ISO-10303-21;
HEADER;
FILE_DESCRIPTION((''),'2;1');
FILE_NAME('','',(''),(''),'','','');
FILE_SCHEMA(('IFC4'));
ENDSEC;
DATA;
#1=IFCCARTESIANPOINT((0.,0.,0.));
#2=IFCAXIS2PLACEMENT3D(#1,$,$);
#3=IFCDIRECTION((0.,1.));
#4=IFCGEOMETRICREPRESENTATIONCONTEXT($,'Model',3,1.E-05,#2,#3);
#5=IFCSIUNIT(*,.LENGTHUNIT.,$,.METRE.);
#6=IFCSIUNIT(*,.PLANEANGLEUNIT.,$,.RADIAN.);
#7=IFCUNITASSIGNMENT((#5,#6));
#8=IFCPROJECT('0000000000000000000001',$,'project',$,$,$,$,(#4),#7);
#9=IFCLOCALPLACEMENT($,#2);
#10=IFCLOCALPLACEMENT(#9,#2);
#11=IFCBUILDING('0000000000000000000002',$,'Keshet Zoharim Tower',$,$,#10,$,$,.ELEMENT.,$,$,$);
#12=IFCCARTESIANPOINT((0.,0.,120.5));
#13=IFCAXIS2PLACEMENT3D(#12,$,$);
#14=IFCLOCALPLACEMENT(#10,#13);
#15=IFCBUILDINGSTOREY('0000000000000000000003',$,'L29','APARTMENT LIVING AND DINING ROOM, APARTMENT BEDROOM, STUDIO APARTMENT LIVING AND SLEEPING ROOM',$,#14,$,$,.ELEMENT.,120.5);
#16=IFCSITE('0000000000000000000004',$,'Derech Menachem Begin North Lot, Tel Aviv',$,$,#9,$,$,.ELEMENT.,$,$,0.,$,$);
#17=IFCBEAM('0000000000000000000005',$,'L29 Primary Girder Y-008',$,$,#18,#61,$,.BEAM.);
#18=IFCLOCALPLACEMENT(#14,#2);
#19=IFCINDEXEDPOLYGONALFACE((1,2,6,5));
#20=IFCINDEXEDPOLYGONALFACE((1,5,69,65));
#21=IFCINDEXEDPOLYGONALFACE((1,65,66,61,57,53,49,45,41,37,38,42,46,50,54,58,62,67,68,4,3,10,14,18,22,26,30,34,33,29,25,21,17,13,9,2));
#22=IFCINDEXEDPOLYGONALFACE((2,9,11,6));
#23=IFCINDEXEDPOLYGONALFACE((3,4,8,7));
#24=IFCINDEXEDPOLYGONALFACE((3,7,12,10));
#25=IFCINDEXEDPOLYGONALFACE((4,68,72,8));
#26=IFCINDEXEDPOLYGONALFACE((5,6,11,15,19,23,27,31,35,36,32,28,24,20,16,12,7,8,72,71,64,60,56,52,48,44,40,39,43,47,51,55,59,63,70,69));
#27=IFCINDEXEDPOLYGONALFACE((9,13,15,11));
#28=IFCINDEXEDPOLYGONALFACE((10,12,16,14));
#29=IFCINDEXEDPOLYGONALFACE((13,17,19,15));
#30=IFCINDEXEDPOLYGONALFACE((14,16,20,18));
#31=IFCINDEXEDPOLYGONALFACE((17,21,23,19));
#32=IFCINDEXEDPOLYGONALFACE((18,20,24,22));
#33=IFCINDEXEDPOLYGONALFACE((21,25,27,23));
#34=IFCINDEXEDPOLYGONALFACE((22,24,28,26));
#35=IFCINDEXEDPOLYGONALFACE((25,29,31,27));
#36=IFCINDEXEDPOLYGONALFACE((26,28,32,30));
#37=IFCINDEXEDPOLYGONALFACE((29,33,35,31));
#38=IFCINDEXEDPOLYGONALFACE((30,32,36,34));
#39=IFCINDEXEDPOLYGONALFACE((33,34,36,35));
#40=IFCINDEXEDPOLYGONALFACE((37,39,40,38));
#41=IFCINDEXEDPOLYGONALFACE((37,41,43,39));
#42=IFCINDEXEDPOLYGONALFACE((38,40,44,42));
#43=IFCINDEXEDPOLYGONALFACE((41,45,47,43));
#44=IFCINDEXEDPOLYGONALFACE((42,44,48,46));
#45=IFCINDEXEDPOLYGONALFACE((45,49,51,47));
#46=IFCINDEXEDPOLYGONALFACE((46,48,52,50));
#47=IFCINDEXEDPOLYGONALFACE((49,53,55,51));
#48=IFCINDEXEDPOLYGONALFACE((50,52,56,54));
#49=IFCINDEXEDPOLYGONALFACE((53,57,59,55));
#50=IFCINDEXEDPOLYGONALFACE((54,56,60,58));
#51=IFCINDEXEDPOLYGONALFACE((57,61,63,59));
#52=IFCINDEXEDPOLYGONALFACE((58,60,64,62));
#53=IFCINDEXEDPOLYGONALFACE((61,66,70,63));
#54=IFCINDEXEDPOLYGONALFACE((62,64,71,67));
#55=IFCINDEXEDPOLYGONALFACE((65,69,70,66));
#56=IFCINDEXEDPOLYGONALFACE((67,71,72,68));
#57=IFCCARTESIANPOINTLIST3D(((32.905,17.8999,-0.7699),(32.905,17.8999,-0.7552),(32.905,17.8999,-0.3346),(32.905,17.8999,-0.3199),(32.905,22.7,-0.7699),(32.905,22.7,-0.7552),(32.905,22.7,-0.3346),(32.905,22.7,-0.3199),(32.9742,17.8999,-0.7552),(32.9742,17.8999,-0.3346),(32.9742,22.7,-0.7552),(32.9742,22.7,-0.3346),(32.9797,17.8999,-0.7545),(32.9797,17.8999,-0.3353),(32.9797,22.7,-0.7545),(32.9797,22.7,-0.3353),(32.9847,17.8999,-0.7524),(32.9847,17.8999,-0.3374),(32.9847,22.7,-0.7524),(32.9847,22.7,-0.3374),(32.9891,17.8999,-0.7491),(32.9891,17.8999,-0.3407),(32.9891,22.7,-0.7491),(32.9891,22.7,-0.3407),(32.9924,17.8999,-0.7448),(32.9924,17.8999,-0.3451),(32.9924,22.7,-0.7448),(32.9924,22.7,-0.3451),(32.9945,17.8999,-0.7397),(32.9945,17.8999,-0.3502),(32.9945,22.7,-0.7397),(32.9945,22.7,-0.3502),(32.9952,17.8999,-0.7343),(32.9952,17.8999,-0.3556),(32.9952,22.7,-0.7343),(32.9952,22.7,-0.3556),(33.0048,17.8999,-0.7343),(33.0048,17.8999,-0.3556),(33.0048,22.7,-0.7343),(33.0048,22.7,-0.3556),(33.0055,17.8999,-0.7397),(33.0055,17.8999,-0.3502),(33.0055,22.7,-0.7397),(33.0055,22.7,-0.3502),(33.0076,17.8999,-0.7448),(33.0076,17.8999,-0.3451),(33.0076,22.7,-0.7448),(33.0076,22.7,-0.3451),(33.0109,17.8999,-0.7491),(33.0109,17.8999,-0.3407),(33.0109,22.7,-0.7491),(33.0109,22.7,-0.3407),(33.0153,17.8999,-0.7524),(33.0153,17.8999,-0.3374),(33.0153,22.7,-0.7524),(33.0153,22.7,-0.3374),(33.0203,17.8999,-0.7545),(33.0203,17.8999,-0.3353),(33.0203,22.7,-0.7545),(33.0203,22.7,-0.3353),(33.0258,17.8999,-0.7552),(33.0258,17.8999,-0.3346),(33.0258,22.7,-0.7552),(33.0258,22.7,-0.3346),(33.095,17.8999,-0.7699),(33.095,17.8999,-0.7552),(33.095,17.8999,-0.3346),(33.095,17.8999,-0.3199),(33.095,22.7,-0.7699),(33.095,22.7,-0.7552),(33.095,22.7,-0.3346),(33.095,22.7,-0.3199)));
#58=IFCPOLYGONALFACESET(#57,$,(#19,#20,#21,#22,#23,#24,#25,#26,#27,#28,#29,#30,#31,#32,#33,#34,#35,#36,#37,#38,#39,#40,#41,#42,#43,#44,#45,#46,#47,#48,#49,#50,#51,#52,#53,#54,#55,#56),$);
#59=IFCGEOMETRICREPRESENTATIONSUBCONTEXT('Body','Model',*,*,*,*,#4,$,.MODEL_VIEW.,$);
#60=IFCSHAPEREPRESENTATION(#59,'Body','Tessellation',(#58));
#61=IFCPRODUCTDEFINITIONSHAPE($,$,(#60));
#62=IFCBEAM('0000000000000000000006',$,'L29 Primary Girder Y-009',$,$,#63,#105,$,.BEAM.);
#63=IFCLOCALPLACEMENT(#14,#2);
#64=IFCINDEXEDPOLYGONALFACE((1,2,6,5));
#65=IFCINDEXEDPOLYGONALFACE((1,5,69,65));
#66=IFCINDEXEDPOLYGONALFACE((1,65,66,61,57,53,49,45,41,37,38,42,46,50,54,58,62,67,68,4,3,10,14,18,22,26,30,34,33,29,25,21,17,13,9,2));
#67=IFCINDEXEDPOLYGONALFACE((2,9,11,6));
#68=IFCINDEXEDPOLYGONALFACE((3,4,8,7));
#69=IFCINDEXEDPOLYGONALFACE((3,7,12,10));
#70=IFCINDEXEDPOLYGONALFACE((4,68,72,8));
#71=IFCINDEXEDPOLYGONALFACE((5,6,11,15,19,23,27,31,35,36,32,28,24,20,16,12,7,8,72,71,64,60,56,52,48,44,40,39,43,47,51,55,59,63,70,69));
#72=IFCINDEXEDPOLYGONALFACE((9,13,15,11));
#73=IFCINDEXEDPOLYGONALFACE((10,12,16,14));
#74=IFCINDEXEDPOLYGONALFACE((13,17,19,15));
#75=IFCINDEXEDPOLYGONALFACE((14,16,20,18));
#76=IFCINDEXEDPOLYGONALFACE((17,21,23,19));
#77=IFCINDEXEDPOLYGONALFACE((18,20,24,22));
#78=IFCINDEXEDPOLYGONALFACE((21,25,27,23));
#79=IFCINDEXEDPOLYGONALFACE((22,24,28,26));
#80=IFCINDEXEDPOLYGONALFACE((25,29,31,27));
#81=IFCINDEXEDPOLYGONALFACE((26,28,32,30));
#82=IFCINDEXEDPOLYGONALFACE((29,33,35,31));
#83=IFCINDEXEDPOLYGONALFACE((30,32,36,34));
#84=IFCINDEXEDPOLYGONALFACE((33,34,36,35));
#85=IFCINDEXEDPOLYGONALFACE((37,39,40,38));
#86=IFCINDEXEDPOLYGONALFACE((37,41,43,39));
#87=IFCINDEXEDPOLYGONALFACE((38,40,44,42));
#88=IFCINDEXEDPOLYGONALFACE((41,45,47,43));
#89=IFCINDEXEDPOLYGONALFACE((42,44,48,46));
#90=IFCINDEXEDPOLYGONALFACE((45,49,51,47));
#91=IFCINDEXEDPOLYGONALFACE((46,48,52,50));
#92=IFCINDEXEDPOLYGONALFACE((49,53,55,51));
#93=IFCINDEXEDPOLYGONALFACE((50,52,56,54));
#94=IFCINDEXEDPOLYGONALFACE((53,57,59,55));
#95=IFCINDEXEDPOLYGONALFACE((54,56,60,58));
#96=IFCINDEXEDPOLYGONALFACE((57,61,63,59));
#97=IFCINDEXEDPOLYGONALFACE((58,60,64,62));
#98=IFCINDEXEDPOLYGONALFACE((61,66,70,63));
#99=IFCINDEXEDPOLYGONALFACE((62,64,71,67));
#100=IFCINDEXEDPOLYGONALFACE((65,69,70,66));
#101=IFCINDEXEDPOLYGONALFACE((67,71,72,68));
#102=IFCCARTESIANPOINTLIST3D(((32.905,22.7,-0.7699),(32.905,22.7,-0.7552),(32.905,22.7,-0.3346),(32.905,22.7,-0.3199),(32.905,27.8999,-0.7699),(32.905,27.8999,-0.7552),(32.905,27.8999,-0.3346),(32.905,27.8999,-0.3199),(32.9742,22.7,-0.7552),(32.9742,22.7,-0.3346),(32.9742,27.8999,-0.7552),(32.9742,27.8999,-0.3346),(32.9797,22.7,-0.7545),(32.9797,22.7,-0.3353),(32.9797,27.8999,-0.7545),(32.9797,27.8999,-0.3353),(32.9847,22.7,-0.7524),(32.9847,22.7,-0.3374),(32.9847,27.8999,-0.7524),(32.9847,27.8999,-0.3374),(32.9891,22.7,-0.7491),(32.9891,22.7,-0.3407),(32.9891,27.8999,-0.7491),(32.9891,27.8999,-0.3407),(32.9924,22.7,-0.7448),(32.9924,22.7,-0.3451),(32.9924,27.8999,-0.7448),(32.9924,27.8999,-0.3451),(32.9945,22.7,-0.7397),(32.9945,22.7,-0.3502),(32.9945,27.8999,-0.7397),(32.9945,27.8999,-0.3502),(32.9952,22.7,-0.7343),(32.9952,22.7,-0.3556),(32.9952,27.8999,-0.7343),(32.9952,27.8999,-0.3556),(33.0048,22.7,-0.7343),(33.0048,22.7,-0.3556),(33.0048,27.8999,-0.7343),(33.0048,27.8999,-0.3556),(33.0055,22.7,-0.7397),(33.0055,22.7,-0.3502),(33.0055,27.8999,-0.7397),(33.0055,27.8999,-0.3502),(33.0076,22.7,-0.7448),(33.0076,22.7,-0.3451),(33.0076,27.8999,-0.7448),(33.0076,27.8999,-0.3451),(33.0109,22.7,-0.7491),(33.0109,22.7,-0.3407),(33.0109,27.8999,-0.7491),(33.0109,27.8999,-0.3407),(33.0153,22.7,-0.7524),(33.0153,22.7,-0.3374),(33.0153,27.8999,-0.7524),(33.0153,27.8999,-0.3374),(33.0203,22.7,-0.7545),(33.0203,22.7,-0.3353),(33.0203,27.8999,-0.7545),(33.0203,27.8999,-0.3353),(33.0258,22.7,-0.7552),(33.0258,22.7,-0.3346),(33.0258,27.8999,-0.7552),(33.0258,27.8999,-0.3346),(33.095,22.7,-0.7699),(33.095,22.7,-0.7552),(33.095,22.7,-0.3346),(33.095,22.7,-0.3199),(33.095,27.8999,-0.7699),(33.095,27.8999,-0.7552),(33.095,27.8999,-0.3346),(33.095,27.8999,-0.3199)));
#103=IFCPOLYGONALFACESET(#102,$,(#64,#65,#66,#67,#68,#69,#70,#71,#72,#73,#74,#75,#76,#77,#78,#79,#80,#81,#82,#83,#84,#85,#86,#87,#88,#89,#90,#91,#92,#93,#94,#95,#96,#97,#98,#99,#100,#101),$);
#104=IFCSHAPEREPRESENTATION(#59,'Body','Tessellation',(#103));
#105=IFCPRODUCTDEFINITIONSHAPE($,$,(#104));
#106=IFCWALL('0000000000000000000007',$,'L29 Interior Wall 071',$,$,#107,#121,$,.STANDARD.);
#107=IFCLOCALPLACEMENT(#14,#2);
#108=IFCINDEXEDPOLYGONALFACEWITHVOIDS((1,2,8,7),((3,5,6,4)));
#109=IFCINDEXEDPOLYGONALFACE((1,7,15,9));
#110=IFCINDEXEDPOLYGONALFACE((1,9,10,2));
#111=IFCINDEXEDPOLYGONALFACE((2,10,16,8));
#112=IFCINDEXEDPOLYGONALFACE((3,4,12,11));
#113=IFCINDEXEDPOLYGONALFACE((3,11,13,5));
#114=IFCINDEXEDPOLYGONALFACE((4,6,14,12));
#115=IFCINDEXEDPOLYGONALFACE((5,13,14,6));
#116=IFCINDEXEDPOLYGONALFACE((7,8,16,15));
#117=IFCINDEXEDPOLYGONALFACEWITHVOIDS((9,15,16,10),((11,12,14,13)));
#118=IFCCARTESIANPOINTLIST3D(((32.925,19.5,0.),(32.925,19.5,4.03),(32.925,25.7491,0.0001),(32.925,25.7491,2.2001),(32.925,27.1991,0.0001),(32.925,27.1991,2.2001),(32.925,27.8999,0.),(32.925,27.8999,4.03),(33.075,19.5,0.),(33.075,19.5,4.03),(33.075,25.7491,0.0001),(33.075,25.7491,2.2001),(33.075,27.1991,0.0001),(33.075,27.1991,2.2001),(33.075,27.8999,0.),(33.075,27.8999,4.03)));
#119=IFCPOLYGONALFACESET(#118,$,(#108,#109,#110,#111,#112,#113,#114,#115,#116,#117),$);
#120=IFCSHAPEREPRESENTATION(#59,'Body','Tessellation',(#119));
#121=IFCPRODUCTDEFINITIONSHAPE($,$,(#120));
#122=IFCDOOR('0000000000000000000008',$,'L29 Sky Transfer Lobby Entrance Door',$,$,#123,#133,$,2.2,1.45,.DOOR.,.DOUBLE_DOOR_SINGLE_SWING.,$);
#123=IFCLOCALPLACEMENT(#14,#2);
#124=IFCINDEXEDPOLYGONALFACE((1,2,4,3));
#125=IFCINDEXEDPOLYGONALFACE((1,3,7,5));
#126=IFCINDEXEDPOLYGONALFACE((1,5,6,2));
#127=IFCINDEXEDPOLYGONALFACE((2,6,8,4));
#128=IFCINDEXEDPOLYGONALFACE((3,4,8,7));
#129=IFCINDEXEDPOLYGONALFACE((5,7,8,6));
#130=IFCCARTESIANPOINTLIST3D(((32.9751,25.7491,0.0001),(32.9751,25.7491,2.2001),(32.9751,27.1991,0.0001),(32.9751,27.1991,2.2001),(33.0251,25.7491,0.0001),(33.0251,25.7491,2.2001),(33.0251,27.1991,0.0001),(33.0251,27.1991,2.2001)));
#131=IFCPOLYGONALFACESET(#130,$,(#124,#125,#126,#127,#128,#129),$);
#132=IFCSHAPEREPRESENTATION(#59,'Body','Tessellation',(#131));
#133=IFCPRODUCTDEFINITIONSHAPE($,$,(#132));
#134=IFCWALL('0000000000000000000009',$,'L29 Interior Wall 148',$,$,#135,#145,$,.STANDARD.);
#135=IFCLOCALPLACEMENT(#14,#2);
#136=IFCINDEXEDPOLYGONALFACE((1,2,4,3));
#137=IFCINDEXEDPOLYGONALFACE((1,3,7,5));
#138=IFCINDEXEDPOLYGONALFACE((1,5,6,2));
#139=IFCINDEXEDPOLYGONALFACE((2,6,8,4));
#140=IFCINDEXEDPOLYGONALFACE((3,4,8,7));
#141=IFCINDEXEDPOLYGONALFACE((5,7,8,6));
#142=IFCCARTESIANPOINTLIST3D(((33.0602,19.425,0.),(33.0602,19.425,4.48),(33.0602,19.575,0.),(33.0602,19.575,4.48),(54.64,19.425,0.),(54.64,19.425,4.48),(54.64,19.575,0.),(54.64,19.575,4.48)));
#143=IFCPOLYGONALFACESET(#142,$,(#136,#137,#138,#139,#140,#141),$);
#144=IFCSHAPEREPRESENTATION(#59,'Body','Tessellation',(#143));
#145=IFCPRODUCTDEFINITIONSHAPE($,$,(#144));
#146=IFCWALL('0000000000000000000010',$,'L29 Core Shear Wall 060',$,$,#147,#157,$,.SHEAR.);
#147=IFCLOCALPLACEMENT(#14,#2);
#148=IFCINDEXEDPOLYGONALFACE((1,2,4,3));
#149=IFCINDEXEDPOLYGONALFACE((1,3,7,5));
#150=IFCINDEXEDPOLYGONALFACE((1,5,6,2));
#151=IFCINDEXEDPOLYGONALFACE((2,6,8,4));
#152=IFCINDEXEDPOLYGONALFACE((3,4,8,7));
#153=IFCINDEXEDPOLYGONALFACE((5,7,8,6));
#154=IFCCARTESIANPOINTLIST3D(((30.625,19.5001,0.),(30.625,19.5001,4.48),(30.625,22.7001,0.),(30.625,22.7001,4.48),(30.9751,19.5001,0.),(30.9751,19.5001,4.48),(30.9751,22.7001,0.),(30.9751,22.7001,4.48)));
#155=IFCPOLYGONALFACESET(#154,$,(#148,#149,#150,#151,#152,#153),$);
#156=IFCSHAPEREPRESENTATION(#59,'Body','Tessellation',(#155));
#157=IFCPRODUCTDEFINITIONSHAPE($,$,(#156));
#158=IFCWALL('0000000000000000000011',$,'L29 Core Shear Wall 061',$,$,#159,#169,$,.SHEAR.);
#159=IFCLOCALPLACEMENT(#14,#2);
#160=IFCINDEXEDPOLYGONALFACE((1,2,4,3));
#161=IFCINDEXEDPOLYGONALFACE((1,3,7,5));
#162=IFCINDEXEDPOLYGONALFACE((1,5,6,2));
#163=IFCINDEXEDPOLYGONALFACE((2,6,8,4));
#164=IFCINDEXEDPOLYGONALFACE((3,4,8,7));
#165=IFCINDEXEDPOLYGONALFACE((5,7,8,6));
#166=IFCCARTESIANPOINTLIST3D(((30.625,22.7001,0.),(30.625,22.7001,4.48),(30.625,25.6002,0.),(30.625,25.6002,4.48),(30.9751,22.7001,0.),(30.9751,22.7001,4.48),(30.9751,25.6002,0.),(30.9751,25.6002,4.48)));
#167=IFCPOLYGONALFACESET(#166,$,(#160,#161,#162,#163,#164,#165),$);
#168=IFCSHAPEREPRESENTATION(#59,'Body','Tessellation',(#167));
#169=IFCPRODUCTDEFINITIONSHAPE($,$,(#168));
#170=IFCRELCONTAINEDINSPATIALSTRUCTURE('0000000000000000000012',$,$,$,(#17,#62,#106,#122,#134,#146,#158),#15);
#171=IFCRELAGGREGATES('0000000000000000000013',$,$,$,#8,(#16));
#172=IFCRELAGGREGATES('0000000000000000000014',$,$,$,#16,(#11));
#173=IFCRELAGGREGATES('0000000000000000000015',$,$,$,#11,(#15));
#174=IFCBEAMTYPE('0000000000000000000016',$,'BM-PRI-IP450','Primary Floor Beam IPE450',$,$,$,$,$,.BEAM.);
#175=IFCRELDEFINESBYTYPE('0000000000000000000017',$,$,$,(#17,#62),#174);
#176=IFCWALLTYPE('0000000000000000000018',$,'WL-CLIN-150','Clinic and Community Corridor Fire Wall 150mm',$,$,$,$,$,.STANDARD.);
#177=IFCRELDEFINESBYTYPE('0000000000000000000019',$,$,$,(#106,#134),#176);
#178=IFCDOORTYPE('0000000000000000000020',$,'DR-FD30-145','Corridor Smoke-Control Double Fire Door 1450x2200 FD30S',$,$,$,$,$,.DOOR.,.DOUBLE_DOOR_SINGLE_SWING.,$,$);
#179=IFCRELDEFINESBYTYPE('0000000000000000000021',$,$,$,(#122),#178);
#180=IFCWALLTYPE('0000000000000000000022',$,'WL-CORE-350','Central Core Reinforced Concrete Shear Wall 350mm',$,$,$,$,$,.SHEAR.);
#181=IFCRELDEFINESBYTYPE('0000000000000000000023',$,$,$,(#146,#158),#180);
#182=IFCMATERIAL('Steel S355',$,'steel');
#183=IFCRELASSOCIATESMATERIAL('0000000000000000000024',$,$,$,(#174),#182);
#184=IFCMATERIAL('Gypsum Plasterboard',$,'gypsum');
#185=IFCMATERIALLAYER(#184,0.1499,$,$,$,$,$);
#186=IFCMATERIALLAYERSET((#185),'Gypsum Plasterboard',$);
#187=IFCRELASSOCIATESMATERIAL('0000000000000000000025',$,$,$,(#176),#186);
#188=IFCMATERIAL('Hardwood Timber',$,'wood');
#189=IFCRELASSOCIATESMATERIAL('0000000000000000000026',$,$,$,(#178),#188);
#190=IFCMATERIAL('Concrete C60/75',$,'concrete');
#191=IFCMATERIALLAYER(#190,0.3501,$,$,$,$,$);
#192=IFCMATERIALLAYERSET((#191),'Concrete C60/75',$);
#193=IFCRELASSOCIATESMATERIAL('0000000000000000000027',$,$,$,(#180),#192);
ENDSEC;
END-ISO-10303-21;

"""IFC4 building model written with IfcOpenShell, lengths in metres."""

from ifc_helpers import new_model, si_unit, direction, frame, frame_2d, origin, origin_2d, place, context, subcontext, project, spatial, rectangle, i_section, extrude, material, layer, layer_set, material_profile, profile_set, type_object, element, fill, save


model = new_model("IFC4")

# Units and contexts
model_context = context("Model", 3, precision=1e-05, world=origin(), true_north=direction((0.0, 1.0)))
body_context = subcontext(model_context, "Body", "Model", "MODEL_VIEW")
ifc_project = project(units=[si_unit("LENGTHUNIT", "METRE"), si_unit("PLANEANGLEUNIT", "RADIAN")], contexts=[model_context])

# Site, building, storey
site_placement = place(None, origin())
site = spatial("IfcSite", under=ifc_project, at=site_placement, Name="Derech Menachem Begin North Lot, Tel Aviv", CompositionType="ELEMENT", RefElevation=0.0)
building_placement = place(site_placement, origin())
building = spatial("IfcBuilding", under=site, at=building_placement, Name="Keshet Zoharim Tower", CompositionType="ELEMENT")
storey_placement = place(building_placement, frame((0.0, 0.0, 120.5)))
storey = spatial("IfcBuildingStorey", under=building, at=storey_placement, Name="L29", Description="APARTMENT LIVING AND DINING ROOM, APARTMENT BEDROOM, STUDIO APARTMENT LIVING AND SLEEPING ROOM", CompositionType="ELEMENT", Elevation=120.5)

# Shared definitions
ifc_material_1 = material(Name="Concrete C60/75", Category="concrete")

# Beams
ifc_material_2 = material(Name="Steel S355", Category="steel")
ifc_material_profile_1 = material_profile(ifc_material_2, i_section(OverallWidth=0.1899, OverallDepth=0.45, WebThickness=0.0095, FlangeThickness=0.0146, FilletRadius=0.021, at=origin_2d()), Name="IPE450")
ifc_profile_set_1 = profile_set([ifc_material_profile_1], Name="Steel S355")
beam_type_1 = type_object("IfcBeamType", Name="BM-PRI-IP450", Description="Primary Floor Beam IPE450", PredefinedType="BEAM", material=ifc_profile_set_1)
beam_1_placement = place(storey_placement, frame((33.0, 17.8999, -0.5449), z_axis=(0.0, 1.0, 0.0), x_axis=(-1.0, 0.0, 0.0)))
element("IfcBeam", 1, at=beam_1_placement, inside=storey, type_object=beam_type_1, Name="L29 Primary Girder Y-008", PredefinedType="BEAM", context=body_context, shape_type="SweptSolid", body=[
    extrude(i_section(OverallWidth=0.1899, OverallDepth=0.45, WebThickness=0.0095, FlangeThickness=0.0146, FilletRadius=0.021, at=origin_2d()), origin(), (0.0, 0.0, 1.0), 4.8),
])
beam_2_placement = place(storey_placement, frame((33.0, 22.7, -0.5449), z_axis=(0.0, 1.0, 0.0), x_axis=(-1.0, 0.0, 0.0)))
element("IfcBeam", 2, at=beam_2_placement, inside=storey, type_object=beam_type_1, Name="L29 Primary Girder Y-009", PredefinedType="BEAM", context=body_context, shape_type="SweptSolid", body=[
    extrude(i_section(OverallWidth=0.1899, OverallDepth=0.45, WebThickness=0.0095, FlangeThickness=0.0146, FilletRadius=0.021, at=origin_2d()), origin(), (0.0, 0.0, 1.0), 5.2),
])

# Wall, opening, door
ifc_material_3 = material(Name="Gypsum Plasterboard", Category="gypsum")
ifc_layer_1 = layer(ifc_material_3, 0.1499)
ifc_layer_set_1 = layer_set([ifc_layer_1], Name="Gypsum Plasterboard")
wall_type_1 = type_object("IfcWallType", Name="WL-CLIN-150", Description="Clinic and Community Corridor Fire Wall 150mm", PredefinedType="STANDARD", material=ifc_layer_set_1)
wall_1_placement = place(storey_placement, frame((33.0, 19.5, 0.0), z_axis=(0.0, 0.0, 1.0), x_axis=(0.0, 1.0, 0.0)))
wall_1 = element("IfcWall", 3, at=wall_1_placement, inside=storey, type_object=wall_type_1, Name="L29 Interior Wall 071", PredefinedType="STANDARD", context=body_context, shape_type="SweptSolid", body=[
    extrude(rectangle(XDim=8.3999, YDim=0.1499, at=frame_2d((4.2, 0.0))), origin(), (0.0, 0.0, 1.0), 4.03),
])
opening_1_placement = place(wall_1_placement, frame((6.249, 0.0, 0.0)))
opening_1 = element("IfcOpeningElement", 4, at=opening_1_placement, cuts=wall_1, PredefinedType="OPENING", context=body_context, shape_type="SweptSolid", body=[
    extrude(rectangle(XDim=1.45, YDim=2.2, at=frame_2d((0.7251, 1.1001))), frame((0.0, 0.085, 0.0), z_axis=(0.0, -1.0, 0.0), x_axis=(1.0, 0.0, 0.0)), (0.0, 0.0, 1.0), 0.1699),
])
ifc_material_4 = material(Name="Hardwood Timber", Category="wood")
door_type_1 = type_object("IfcDoorType", Name="DR-FD30-145", Description="Corridor Smoke-Control Double Fire Door 1450x2200 FD30S", OperationType="DOUBLE_DOOR_SINGLE_SWING", PredefinedType="DOOR", material=ifc_material_4)
door_1_placement = place(opening_1_placement, origin())
door_1 = element("IfcDoor", 5, at=door_1_placement, inside=storey, type_object=door_type_1, Name="L29 Sky Transfer Lobby Entrance Door", OperationType="DOUBLE_DOOR_SINGLE_SWING", OverallHeight=2.2, OverallWidth=1.45, PredefinedType="DOOR", context=body_context, shape_type="SweptSolid", body=[
    extrude(rectangle(XDim=1.45, YDim=2.2, at=frame_2d((0.7251, 1.1001))), frame((0.0, 0.0249, 0.0), z_axis=(0.0, -1.0, 0.0), x_axis=(1.0, 0.0, 0.0)), (0.0, 0.0, 1.0), 0.05),
])
fill(opening_1, door_1)

# Walls
wall_2_placement = place(storey_placement, frame((33.0601, 19.5, 0.0), z_axis=(0.0, 0.0, 1.0), x_axis=(1.0, 0.0, 0.0)))
element("IfcWall", 6, at=wall_2_placement, inside=storey, type_object=wall_type_1, Name="L29 Interior Wall 148", PredefinedType="STANDARD", context=body_context, shape_type="SweptSolid", body=[
    extrude(rectangle(XDim=21.5798, YDim=0.1499, at=frame_2d((10.79, 0.0))), origin(), (0.0, 0.0, 1.0), 4.48),
])
ifc_layer_2 = layer(ifc_material_1, 0.3501)
ifc_layer_set_2 = layer_set([ifc_layer_2], Name="Concrete C60/75")
wall_type_2 = type_object("IfcWallType", Name="WL-CORE-350", Description="Central Core Reinforced Concrete Shear Wall 350mm", PredefinedType="SHEAR", material=ifc_layer_set_2)
wall_3_placement = place(storey_placement, frame((30.8, 19.5, 0.0), z_axis=(0.0, 0.0, 1.0), x_axis=(0.0, 1.0, 0.0)))
element("IfcWall", 7, at=wall_3_placement, inside=storey, type_object=wall_type_2, Name="L29 Core Shear Wall 060", PredefinedType="SHEAR", context=body_context, shape_type="SweptSolid", body=[
    extrude(rectangle(XDim=3.2, YDim=0.3501, at=frame_2d((1.6001, 0.0))), origin(), (0.0, 0.0, 1.0), 4.48),
])
wall_4_placement = place(storey_placement, frame((30.8, 22.7, 0.0), z_axis=(0.0, 0.0, 1.0), x_axis=(0.0, 1.0, 0.0)))
element("IfcWall", 8, at=wall_4_placement, inside=storey, type_object=wall_type_2, Name="L29 Core Shear Wall 061", PredefinedType="SHEAR", context=body_context, shape_type="SweptSolid", body=[
    extrude(rectangle(XDim=2.9001, YDim=0.3501, at=frame_2d((1.4502, 0.0))), origin(), (0.0, 0.0, 1.0), 4.48),
])

save(model, "model.ifc")
